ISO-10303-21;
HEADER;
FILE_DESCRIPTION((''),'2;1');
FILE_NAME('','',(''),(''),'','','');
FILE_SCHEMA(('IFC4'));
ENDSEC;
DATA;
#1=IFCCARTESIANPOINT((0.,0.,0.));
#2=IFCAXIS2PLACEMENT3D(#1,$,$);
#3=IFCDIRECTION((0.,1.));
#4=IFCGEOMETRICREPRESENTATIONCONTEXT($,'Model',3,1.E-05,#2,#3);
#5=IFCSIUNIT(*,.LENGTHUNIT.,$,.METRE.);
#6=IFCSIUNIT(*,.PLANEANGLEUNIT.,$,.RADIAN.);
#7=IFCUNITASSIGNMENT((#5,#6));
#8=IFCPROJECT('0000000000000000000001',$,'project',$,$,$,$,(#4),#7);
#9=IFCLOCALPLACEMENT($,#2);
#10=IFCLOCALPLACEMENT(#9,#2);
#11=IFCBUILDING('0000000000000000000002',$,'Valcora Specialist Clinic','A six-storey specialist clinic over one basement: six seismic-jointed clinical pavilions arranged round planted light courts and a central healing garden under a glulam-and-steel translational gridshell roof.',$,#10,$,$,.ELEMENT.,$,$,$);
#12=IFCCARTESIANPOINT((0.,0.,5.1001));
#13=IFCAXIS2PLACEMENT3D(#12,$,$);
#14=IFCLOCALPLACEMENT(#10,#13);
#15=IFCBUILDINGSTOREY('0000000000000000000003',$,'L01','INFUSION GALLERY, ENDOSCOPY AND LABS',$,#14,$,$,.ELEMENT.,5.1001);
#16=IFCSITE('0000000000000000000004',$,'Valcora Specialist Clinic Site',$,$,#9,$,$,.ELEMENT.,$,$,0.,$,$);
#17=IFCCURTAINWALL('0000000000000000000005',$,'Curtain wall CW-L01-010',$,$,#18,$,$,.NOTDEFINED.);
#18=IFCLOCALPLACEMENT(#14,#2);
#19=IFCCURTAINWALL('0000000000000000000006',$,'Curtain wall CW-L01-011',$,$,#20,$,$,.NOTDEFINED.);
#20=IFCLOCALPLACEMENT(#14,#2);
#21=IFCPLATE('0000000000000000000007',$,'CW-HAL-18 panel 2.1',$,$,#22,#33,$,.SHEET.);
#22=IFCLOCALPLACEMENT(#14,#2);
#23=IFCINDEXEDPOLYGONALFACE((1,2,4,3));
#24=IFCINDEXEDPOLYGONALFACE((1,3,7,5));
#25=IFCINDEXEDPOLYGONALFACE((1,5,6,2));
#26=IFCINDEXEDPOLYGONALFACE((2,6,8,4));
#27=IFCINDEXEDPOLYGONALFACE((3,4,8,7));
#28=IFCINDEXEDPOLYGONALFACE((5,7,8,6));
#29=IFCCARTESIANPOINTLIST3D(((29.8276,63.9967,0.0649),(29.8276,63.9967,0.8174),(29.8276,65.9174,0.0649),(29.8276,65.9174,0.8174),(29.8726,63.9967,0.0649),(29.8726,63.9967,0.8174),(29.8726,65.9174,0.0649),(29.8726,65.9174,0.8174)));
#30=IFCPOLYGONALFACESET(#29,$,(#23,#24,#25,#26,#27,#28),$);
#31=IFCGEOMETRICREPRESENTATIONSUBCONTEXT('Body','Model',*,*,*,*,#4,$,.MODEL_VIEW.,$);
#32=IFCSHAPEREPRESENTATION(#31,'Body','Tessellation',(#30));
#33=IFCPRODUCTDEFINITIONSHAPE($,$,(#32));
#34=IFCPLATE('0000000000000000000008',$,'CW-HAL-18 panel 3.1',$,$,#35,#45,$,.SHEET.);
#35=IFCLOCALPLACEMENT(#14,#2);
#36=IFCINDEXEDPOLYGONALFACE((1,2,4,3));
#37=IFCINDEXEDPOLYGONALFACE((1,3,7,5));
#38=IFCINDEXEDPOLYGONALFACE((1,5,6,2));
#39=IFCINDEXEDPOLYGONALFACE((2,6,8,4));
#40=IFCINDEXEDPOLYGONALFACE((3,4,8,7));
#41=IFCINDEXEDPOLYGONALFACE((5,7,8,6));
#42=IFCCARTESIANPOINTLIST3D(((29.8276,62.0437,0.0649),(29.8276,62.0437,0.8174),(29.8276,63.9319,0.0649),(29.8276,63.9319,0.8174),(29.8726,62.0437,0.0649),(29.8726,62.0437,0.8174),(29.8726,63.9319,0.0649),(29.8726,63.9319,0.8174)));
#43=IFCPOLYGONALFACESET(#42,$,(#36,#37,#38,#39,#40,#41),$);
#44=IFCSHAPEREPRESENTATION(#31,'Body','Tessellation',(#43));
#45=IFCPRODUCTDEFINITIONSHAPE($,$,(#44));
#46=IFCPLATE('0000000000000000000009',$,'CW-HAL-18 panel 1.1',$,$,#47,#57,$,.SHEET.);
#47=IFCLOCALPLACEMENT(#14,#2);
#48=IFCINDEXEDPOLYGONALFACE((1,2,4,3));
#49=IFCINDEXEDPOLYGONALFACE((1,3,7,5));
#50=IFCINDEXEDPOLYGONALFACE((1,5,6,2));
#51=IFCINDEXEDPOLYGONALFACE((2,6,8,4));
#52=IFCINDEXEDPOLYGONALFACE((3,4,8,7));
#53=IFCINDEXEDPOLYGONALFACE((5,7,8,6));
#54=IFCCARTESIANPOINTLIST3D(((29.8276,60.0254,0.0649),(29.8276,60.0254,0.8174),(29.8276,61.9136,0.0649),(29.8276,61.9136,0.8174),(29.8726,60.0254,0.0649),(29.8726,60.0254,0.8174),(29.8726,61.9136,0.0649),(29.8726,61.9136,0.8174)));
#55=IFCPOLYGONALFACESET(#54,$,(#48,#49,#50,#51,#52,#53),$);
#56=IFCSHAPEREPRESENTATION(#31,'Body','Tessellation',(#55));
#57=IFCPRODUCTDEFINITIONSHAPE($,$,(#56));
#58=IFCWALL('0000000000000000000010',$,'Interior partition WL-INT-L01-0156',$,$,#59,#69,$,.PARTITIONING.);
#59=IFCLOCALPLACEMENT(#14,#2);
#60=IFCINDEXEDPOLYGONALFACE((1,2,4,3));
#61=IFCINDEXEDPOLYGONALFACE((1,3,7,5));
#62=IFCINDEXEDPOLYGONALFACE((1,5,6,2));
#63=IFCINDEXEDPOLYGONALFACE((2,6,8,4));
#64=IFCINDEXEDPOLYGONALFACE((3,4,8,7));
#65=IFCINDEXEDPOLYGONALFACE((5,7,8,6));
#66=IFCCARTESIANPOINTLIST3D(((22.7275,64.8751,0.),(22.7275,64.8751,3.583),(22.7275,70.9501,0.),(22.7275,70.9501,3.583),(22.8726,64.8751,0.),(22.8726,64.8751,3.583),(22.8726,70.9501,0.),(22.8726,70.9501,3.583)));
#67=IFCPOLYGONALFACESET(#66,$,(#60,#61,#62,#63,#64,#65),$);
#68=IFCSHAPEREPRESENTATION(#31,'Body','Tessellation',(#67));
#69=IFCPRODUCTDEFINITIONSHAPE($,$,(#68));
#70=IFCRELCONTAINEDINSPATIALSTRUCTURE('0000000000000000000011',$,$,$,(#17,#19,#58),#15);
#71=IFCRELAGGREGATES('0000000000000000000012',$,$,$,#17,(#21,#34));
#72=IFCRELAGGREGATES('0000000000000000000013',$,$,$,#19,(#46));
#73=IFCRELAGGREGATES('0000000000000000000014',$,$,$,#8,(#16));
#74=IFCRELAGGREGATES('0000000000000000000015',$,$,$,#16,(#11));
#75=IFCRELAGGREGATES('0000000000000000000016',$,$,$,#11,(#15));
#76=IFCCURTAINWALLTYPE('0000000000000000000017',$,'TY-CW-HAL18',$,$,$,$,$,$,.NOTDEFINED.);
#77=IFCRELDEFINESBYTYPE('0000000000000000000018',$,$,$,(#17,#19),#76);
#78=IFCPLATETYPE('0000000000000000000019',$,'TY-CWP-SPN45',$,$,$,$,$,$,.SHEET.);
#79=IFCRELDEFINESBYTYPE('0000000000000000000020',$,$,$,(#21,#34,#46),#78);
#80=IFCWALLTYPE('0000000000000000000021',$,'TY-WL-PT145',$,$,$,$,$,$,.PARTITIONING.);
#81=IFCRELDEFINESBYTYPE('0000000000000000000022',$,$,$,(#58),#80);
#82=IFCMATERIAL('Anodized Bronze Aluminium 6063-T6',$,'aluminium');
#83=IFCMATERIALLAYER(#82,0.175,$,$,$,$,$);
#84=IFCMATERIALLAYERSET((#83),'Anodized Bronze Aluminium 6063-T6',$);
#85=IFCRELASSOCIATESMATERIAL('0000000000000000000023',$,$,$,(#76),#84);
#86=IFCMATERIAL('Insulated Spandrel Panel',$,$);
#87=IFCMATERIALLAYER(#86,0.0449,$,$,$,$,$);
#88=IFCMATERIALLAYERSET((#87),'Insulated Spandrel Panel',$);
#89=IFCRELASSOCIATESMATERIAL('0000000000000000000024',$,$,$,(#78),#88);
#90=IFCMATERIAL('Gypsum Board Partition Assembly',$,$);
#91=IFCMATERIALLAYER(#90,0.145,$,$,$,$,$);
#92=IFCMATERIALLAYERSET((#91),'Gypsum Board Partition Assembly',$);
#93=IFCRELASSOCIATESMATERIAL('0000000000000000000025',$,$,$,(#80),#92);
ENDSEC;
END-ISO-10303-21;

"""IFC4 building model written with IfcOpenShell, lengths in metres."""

from ifc_helpers import new_model, si_unit, direction, frame, frame_2d, origin, origin_2d, place, context, subcontext, project, spatial, rectangle, extrude, material, layer, layer_set, type_object, element, aggregate, save


model = new_model("IFC4")

# Units and contexts
model_context = context("Model", 3, precision=1e-05, world=origin(), true_north=direction((0.0, 1.0)))
body_context = subcontext(model_context, "Body", "Model", "MODEL_VIEW")
ifc_project = project(units=[si_unit("LENGTHUNIT", "METRE"), si_unit("PLANEANGLEUNIT", "RADIAN")], contexts=[model_context])

# Site, building, storey
site_placement = place(None, origin())
site = spatial("IfcSite", under=ifc_project, at=site_placement, Name="Valcora Specialist Clinic Site", CompositionType="ELEMENT", RefElevation=0.0)
building_placement = place(site_placement, origin())
building = spatial("IfcBuilding", under=site, at=building_placement, Name="Valcora Specialist Clinic", Description="A six-storey specialist clinic over one basement: six seismic-jointed clinical pavilions arranged round planted light courts and a central healing garden under a glulam-and-steel translational gridshell roof.", CompositionType="ELEMENT")
storey_placement = place(building_placement, frame((0.0, 0.0, 5.1001)))
storey = spatial("IfcBuildingStorey", under=building, at=storey_placement, Name="L01", Description="INFUSION GALLERY, ENDOSCOPY AND LABS", CompositionType="ELEMENT", Elevation=5.1001)

# Curtain walls
ifc_material_1 = material(Name="Anodized Bronze Aluminium 6063-T6", Category="aluminium")
ifc_layer_1 = layer(ifc_material_1, 0.175)
ifc_layer_set_1 = layer_set([ifc_layer_1], Name="Anodized Bronze Aluminium 6063-T6")
curtain_wall_type = type_object("IfcCurtainWallType", Name="TY-CW-HAL18", PredefinedType="NOTDEFINED", material=ifc_layer_set_1)
curtain_wall_1_placement = place(storey_placement, origin())
curtain_wall_1 = element("IfcCurtainWall", 1, at=curtain_wall_1_placement, inside=storey, type_object=curtain_wall_type, Name="Curtain wall CW-L01-010", PredefinedType="NOTDEFINED")
curtain_wall_2_placement = place(storey_placement, origin())
curtain_wall_2 = element("IfcCurtainWall", 2, at=curtain_wall_2_placement, inside=storey, type_object=curtain_wall_type, Name="Curtain wall CW-L01-011", PredefinedType="NOTDEFINED")

# Plates
ifc_material_2 = material(Name="Insulated Spandrel Panel")
ifc_layer_2 = layer(ifc_material_2, 0.0449)
ifc_layer_set_2 = layer_set([ifc_layer_2], Name="Insulated Spandrel Panel")
plate_type_1 = type_object("IfcPlateType", Name="TY-CWP-SPN45", PredefinedType="SHEET", material=ifc_layer_set_2)
plate_1_placement = place(storey_placement, frame((29.8501, 64.957, 0.0649), z_axis=(0.0, 0.0, 1.0), x_axis=(0.0, -1.0, 0.0)))
plate_1 = element("IfcPlate", 3, at=plate_1_placement, type_object=plate_type_1, Name="CW-HAL-18 panel 2.1", PredefinedType="SHEET", context=body_context, shape_type="SweptSolid", body=[
    extrude(rectangle(XDim=1.9207, YDim=0.0449, at=origin_2d()), origin(), (0.0, 0.0, 1.0), 0.7524),
])
plate_2_placement = place(storey_placement, frame((29.8501, 62.9878, 0.0649), z_axis=(0.0, 0.0, 1.0), x_axis=(0.0, -1.0, 0.0)))
plate_2 = element("IfcPlate", 4, at=plate_2_placement, type_object=plate_type_1, Name="CW-HAL-18 panel 3.1", PredefinedType="SHEET", context=body_context, shape_type="SweptSolid", body=[
    extrude(rectangle(XDim=1.8882, YDim=0.0449, at=origin_2d()), origin(), (0.0, 0.0, 1.0), 0.7524),
])
aggregate(curtain_wall_1, [plate_1, plate_2])
plate_3_placement = place(storey_placement, frame((29.8501, 60.9695, 0.0649), z_axis=(0.0, 0.0, 1.0), x_axis=(0.0, -1.0, 0.0)))
plate_3 = element("IfcPlate", 5, at=plate_3_placement, type_object=plate_type_1, Name="CW-HAL-18 panel 1.1", PredefinedType="SHEET", context=body_context, shape_type="SweptSolid", body=[
    extrude(rectangle(XDim=1.8882, YDim=0.0449, at=origin_2d()), origin(), (0.0, 0.0, 1.0), 0.7524),
])
aggregate(curtain_wall_2, [plate_3])

# Wall
ifc_material_3 = material(Name="Gypsum Board Partition Assembly")
ifc_layer_3 = layer(ifc_material_3, 0.145)
ifc_layer_set_3 = layer_set([ifc_layer_3], Name="Gypsum Board Partition Assembly")
wall_type = type_object("IfcWallType", Name="TY-WL-PT145", PredefinedType="PARTITIONING", material=ifc_layer_set_3)
wall_placement = place(storey_placement, frame((22.8, 64.875, 0.0), z_axis=(0.0, 0.0, 1.0), x_axis=(0.0, 1.0, 0.0)))
element("IfcWall", 6, at=wall_placement, inside=storey, type_object=wall_type, Name="Interior partition WL-INT-L01-0156", PredefinedType="PARTITIONING", context=body_context, shape_type="SweptSolid", body=[
    extrude(rectangle(XDim=6.075, YDim=0.145, at=frame_2d((3.0376, 0.0))), origin(), (0.0, 0.0, 1.0), 3.583),
])

save(model, "model.ifc")
